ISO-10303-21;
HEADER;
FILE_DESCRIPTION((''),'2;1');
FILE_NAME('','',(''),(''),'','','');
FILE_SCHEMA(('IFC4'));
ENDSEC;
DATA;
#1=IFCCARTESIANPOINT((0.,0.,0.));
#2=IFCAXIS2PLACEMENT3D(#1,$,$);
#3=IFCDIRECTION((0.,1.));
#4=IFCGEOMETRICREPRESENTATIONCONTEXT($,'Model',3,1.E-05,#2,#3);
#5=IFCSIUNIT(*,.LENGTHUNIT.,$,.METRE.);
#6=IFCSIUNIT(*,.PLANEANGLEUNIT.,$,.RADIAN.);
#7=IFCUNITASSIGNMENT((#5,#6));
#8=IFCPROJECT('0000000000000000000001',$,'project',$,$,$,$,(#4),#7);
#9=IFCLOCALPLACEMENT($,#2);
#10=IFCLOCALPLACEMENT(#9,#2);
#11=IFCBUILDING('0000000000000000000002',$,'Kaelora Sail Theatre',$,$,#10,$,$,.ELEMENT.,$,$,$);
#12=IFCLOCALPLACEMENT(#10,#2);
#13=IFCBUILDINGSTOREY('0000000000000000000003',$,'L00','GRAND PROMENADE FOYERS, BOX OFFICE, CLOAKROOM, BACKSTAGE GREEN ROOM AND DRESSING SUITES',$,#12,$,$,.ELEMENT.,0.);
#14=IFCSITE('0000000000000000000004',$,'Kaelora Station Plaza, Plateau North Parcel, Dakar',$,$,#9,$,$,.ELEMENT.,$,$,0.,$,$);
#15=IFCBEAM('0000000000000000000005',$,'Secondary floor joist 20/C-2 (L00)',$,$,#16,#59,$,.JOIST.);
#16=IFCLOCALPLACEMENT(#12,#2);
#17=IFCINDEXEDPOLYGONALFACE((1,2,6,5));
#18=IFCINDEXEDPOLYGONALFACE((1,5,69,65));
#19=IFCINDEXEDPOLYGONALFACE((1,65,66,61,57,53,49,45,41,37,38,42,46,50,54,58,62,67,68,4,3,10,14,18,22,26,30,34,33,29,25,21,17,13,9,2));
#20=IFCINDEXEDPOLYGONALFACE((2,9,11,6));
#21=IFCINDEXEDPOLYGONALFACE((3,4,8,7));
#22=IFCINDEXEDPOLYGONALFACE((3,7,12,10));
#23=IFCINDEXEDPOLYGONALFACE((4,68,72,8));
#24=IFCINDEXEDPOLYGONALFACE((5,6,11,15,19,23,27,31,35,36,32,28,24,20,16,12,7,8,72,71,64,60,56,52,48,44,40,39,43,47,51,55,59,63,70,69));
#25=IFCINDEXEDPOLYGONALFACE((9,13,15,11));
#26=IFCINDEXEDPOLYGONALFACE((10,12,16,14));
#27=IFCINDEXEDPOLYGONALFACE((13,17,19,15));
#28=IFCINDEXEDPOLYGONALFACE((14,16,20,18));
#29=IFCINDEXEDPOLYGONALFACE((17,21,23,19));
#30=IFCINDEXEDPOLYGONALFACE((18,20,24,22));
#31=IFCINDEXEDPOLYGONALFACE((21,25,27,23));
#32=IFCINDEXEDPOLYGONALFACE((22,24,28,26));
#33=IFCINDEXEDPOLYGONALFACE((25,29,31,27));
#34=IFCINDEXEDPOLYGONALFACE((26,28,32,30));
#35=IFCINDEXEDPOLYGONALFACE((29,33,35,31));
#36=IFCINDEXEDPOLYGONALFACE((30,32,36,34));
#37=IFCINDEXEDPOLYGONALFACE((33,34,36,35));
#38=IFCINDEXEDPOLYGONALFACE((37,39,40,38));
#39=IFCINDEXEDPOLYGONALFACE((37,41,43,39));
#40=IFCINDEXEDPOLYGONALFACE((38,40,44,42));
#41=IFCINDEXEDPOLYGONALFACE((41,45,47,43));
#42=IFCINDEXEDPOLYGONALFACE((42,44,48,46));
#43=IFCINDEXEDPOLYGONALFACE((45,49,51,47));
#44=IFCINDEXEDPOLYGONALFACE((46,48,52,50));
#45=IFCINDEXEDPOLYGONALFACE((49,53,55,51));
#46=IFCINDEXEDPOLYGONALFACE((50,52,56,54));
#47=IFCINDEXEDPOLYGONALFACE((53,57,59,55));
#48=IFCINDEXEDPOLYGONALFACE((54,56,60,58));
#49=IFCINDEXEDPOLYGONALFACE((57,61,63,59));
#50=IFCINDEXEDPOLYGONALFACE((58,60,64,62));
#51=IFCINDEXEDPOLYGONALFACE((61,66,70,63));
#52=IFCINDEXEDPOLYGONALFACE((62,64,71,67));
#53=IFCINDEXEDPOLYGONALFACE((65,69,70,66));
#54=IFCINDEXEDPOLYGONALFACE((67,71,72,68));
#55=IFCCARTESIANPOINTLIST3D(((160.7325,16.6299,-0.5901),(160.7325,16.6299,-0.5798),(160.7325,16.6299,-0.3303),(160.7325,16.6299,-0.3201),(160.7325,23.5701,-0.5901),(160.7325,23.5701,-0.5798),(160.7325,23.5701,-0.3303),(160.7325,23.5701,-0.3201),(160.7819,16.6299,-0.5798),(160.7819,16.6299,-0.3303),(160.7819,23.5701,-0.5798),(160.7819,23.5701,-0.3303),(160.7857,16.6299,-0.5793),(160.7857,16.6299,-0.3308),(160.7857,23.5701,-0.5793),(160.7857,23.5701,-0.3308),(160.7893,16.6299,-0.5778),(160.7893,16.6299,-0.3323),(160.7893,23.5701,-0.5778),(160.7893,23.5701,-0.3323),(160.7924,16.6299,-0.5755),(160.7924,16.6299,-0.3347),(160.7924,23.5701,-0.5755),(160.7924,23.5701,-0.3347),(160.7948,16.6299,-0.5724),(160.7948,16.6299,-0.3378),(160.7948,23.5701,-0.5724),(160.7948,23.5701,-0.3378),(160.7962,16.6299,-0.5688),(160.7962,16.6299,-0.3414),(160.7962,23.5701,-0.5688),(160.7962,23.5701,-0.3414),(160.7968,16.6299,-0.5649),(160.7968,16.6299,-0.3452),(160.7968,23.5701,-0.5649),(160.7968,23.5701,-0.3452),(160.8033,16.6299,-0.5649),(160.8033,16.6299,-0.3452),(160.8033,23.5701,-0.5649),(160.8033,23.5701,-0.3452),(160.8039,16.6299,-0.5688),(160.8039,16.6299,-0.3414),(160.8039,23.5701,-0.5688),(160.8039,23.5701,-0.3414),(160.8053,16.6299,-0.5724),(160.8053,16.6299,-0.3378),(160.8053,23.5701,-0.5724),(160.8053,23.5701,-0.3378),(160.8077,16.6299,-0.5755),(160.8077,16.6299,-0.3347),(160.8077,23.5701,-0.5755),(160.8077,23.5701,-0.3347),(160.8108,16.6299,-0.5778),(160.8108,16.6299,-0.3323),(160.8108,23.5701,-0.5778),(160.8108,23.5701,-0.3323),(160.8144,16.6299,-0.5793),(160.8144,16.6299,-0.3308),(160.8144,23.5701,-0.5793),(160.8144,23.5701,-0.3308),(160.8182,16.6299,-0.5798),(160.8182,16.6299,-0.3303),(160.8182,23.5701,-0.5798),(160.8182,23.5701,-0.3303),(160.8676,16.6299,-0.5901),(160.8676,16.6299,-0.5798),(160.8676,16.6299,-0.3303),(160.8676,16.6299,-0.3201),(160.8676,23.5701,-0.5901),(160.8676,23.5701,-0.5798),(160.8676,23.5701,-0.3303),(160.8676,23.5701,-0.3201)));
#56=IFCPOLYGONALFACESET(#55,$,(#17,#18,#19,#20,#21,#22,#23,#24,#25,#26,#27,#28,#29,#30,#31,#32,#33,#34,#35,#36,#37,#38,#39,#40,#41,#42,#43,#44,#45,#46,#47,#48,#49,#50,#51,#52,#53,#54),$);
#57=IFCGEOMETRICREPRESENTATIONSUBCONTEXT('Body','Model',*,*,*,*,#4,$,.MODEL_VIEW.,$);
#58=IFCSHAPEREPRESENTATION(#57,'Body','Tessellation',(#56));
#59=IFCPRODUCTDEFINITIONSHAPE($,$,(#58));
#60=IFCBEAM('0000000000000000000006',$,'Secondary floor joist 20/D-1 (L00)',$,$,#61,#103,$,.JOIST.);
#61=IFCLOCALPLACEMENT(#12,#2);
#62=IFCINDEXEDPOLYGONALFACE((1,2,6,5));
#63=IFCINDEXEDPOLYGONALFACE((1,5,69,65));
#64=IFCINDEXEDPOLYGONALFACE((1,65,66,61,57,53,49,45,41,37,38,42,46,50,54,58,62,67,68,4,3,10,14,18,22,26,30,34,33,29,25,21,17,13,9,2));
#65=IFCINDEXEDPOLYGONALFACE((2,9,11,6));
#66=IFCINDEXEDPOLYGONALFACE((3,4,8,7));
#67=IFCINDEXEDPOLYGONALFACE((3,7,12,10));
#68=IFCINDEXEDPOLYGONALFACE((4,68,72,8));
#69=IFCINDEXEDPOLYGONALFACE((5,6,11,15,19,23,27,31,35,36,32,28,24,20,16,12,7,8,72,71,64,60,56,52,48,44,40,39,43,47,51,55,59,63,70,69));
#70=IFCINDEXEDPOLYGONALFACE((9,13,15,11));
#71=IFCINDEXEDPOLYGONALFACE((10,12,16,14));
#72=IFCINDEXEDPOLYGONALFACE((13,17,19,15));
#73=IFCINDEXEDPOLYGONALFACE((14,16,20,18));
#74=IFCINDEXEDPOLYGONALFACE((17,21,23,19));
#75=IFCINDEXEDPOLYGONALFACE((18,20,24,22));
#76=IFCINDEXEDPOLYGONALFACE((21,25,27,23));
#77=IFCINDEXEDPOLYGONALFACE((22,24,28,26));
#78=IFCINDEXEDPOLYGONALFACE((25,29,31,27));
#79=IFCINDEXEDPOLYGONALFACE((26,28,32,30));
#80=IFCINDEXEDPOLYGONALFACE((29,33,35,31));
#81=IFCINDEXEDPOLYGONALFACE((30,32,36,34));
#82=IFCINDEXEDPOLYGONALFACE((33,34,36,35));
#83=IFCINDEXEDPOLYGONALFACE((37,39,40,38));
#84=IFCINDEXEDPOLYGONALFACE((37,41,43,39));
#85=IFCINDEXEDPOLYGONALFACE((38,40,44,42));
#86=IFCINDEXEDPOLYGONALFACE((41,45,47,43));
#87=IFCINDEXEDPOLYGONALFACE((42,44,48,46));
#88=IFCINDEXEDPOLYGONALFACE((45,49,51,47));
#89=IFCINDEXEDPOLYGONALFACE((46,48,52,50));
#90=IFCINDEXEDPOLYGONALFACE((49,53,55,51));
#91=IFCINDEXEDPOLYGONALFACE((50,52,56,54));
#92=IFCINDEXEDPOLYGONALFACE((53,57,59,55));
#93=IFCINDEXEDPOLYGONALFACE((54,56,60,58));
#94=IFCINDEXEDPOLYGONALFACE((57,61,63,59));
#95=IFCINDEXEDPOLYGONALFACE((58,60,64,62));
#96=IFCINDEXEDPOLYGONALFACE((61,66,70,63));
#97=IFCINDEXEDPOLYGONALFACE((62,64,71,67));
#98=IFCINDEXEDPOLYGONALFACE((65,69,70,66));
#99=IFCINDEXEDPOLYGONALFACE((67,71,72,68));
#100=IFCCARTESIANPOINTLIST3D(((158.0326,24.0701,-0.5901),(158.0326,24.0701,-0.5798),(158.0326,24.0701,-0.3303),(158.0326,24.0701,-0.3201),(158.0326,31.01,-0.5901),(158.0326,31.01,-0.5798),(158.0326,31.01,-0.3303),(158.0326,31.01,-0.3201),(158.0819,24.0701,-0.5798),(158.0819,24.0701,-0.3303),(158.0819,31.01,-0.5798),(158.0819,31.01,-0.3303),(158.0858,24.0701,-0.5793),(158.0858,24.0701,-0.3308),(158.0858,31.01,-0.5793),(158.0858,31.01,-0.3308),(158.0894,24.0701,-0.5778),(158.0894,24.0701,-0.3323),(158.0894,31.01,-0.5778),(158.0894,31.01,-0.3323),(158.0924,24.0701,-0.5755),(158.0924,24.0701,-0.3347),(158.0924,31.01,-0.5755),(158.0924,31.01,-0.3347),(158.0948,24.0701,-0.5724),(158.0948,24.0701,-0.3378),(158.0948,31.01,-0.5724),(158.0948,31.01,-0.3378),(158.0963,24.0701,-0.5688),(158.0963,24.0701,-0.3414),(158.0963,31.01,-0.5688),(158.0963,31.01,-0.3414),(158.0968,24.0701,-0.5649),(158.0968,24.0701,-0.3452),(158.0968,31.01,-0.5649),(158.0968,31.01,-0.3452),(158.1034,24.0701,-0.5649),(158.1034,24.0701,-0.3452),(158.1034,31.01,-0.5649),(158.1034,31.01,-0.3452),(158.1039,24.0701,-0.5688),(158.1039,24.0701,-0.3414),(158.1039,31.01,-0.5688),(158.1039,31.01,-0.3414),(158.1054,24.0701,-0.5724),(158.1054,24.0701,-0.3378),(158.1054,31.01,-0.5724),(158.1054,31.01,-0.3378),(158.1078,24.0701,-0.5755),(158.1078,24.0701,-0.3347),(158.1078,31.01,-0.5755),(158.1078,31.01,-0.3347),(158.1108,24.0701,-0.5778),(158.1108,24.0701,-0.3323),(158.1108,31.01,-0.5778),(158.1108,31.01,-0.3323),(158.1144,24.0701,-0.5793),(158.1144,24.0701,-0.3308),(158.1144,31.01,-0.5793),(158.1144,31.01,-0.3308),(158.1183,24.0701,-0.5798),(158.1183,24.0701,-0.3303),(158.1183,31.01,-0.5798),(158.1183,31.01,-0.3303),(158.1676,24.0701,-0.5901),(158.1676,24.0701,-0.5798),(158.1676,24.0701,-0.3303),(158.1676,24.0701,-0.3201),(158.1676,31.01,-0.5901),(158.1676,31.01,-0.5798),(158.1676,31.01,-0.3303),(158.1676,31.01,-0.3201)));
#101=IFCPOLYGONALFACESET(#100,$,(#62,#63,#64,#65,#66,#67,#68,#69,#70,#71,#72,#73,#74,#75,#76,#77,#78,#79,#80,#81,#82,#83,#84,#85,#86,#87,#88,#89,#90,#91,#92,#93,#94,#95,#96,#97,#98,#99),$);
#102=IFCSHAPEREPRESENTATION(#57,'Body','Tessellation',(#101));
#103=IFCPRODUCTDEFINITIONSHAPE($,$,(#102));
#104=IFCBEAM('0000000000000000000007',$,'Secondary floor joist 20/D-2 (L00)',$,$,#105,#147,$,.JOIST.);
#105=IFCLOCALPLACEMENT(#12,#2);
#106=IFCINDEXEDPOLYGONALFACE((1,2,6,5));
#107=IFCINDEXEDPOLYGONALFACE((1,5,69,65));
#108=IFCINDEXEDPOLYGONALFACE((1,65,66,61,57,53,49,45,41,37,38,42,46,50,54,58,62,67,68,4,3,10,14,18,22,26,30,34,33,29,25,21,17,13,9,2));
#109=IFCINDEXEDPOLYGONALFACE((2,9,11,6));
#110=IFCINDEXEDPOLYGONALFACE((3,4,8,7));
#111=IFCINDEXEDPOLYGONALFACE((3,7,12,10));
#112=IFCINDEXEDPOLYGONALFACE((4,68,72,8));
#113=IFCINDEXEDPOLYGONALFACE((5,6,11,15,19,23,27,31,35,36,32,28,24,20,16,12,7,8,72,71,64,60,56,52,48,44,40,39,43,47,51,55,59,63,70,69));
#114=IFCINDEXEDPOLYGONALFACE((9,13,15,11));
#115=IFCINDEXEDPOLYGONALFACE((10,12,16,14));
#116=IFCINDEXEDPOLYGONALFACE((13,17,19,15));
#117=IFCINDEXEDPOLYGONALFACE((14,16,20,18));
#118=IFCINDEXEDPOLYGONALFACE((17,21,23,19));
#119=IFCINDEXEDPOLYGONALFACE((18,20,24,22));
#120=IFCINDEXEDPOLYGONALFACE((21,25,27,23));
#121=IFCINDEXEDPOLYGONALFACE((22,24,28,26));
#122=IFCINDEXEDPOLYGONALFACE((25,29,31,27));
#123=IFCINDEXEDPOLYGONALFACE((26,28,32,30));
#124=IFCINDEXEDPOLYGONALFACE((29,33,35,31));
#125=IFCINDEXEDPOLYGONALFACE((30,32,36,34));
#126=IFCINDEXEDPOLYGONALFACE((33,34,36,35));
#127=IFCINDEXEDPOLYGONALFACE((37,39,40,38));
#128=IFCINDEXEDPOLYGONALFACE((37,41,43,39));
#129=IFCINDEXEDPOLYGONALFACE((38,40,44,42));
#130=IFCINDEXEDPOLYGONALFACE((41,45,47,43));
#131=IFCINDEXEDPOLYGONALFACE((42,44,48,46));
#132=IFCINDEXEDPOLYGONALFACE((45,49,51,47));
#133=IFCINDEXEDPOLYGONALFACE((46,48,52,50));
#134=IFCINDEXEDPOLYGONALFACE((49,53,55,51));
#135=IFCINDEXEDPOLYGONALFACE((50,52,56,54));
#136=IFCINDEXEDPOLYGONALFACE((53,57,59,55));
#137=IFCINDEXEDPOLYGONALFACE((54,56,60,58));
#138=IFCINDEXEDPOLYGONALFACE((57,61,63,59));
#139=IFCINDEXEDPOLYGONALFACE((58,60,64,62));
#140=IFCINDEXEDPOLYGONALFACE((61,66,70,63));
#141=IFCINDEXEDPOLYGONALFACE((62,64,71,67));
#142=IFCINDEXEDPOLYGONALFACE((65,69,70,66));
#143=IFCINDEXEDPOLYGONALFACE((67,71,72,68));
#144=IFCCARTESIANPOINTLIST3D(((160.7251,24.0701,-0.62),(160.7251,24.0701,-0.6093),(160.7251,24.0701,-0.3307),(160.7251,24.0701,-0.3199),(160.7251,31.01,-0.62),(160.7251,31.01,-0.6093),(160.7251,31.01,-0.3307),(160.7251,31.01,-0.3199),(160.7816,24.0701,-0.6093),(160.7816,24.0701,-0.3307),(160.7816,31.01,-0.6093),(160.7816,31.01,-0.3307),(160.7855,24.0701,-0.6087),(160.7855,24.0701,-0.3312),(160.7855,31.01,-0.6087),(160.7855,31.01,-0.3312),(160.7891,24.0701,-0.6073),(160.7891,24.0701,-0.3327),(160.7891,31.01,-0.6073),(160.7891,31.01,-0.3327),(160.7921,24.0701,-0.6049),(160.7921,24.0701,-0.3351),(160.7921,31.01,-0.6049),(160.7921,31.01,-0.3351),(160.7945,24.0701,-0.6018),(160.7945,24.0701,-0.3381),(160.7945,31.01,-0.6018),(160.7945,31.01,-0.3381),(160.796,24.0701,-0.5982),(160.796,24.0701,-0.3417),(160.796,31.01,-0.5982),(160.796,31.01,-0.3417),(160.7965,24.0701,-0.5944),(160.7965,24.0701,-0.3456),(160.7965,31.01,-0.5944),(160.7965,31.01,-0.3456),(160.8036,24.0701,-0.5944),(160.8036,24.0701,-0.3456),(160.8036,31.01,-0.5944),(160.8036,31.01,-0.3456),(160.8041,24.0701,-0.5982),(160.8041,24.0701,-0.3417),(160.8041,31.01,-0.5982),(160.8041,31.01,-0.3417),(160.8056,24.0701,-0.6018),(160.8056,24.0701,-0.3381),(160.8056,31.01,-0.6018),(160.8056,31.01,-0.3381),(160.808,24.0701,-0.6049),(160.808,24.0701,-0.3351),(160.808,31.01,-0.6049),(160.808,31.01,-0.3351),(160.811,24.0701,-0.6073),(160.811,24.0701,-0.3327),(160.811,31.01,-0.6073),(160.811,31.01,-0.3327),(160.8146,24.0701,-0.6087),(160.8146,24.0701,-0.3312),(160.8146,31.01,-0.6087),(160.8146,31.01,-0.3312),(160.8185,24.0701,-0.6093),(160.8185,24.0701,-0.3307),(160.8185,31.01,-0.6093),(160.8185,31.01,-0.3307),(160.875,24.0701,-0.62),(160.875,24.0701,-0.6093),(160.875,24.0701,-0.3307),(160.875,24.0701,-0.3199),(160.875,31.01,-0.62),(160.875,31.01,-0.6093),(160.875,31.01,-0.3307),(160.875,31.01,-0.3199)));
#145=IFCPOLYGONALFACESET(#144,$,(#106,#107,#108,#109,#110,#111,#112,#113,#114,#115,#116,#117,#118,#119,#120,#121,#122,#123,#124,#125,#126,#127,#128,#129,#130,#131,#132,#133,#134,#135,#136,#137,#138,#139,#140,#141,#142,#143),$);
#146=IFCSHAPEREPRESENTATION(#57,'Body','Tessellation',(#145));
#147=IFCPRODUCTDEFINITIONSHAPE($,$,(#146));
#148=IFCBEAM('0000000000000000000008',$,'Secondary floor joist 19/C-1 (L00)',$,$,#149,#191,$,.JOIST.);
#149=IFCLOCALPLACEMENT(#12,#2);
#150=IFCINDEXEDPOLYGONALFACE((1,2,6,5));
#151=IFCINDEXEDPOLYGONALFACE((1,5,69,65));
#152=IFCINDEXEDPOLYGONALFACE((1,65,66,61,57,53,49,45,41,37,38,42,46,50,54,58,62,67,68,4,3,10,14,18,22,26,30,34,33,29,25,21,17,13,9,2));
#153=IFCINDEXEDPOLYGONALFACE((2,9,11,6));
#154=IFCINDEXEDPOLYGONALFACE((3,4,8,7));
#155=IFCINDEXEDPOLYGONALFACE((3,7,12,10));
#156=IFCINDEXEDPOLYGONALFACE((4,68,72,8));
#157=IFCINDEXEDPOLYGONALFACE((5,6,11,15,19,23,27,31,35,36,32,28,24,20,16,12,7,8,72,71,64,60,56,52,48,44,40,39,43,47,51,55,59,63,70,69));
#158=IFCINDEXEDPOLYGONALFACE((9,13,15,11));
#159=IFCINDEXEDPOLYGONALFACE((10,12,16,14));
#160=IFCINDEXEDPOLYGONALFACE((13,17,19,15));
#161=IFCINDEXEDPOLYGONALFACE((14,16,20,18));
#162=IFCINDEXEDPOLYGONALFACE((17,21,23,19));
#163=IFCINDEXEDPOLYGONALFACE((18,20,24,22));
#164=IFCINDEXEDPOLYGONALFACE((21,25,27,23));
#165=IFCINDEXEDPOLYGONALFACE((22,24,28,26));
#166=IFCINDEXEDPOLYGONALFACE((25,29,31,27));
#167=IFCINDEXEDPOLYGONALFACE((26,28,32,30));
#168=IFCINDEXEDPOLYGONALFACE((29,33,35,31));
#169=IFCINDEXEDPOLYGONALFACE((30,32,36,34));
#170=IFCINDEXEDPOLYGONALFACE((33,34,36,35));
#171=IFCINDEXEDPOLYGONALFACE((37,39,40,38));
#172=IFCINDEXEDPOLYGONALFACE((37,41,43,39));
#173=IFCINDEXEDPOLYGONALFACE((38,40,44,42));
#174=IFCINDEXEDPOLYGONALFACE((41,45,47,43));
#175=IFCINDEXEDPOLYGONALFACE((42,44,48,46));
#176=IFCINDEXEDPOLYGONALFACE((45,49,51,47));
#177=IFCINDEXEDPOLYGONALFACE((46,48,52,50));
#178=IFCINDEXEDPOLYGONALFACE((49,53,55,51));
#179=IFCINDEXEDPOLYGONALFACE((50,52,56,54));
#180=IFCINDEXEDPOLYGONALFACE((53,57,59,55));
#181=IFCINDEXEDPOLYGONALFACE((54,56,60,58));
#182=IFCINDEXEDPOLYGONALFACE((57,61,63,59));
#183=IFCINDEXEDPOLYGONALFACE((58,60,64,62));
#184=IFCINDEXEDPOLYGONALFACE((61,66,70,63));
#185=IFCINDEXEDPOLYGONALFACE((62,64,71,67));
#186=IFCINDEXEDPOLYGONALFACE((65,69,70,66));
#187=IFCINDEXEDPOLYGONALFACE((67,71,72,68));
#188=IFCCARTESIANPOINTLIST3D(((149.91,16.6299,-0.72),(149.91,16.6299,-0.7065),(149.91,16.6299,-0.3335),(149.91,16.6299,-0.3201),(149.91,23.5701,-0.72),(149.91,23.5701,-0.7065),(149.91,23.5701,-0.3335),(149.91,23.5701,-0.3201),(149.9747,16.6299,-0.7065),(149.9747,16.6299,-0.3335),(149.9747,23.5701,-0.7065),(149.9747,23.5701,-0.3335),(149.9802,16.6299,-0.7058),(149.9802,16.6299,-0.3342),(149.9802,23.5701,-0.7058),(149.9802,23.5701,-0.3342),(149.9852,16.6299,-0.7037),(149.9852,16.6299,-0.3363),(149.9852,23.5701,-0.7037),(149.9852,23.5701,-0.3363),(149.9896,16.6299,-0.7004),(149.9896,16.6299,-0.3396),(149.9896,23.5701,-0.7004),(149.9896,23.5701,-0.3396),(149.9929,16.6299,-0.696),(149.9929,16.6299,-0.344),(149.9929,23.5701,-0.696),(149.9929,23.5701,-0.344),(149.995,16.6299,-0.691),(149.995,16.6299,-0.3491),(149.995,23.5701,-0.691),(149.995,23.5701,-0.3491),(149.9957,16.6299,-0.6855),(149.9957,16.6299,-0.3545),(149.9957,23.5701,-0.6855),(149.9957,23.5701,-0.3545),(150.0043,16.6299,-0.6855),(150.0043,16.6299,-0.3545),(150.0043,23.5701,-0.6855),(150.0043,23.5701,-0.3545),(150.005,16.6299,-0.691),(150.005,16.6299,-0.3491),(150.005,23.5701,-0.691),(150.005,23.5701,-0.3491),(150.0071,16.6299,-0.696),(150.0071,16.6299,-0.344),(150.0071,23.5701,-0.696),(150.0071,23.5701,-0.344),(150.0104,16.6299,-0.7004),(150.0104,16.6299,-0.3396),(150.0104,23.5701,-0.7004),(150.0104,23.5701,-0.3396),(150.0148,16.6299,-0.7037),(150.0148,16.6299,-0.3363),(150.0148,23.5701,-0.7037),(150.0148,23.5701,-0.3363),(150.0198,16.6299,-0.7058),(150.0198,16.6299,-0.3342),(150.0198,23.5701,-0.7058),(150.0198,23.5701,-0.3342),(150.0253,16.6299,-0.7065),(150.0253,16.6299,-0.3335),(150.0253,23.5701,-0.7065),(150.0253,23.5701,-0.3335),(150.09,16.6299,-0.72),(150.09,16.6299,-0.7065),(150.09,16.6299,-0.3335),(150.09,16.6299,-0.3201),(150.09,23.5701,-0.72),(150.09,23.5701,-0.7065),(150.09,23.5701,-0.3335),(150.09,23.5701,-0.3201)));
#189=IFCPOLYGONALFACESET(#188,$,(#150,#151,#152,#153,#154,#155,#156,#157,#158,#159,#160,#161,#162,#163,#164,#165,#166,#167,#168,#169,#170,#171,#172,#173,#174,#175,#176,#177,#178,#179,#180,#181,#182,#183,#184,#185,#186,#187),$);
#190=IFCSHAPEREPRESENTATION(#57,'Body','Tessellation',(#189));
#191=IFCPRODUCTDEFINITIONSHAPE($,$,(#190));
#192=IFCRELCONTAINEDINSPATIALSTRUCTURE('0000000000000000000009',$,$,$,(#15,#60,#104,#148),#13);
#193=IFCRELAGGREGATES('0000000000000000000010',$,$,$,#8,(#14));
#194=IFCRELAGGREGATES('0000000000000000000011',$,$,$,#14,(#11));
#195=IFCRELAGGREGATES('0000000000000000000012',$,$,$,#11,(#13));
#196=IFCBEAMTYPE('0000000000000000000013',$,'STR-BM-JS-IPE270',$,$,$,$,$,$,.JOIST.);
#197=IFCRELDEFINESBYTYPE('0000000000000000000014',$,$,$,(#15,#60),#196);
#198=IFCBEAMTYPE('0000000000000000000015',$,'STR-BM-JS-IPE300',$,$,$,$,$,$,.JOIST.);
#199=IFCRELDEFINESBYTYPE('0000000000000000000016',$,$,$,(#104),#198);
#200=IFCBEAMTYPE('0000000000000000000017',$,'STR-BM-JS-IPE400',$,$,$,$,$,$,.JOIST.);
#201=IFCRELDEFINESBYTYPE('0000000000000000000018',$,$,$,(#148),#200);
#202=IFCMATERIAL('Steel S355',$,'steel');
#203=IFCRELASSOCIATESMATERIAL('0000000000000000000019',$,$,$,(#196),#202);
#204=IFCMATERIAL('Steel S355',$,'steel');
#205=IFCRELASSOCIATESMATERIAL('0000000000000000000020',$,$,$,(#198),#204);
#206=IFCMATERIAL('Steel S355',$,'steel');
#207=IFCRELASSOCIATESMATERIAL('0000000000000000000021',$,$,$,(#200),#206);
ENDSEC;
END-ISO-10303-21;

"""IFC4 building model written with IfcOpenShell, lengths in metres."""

from ifc_helpers import new_model, si_unit, direction, frame, origin, origin_2d, place, context, subcontext, project, spatial, i_section, extrude, material, material_profile, profile_set, type_object, element, save


model = new_model("IFC4")

# Units and contexts
model_context = context("Model", 3, precision=1e-05, world=origin(), true_north=direction((0.0, 1.0)))
body_context = subcontext(model_context, "Body", "Model", "MODEL_VIEW")
ifc_project = project(units=[si_unit("LENGTHUNIT", "METRE"), si_unit("PLANEANGLEUNIT", "RADIAN")], contexts=[model_context])

# Site, building, storey
site_placement = place(None, origin())
site = spatial("IfcSite", under=ifc_project, at=site_placement, Name="Kaelora Station Plaza, Plateau North Parcel, Dakar", CompositionType="ELEMENT", RefElevation=0.0)
building_placement = place(site_placement, origin())
building = spatial("IfcBuilding", under=site, at=building_placement, Name="Kaelora Sail Theatre", CompositionType="ELEMENT")
storey_placement = place(building_placement, origin())
storey = spatial("IfcBuildingStorey", under=building, at=storey_placement, Name="L00", Description="GRAND PROMENADE FOYERS, BOX OFFICE, CLOAKROOM, BACKSTAGE GREEN ROOM AND DRESSING SUITES", CompositionType="ELEMENT", Elevation=0.0)

# Beams
ifc_material_1 = material(Name="Steel S355", Category="steel")
ifc_material_profile_1 = material_profile(ifc_material_1, i_section(OverallWidth=0.135, OverallDepth=0.27, WebThickness=0.0066, FlangeThickness=0.0103, FilletRadius=0.0149, at=origin_2d()), Name="IPE 270")
ifc_profile_set_1 = profile_set([ifc_material_profile_1], Name="Steel S355")
beam_type_1 = type_object("IfcBeamType", Name="STR-BM-JS-IPE270", PredefinedType="JOIST", material=ifc_profile_set_1)
beam_1_placement = place(storey_placement, frame((160.8, 16.6299, -0.4551), z_axis=(0.0, 1.0, 0.0), x_axis=(-1.0, 0.0, 0.0)))
element("IfcBeam", 1, at=beam_1_placement, inside=storey, type_object=beam_type_1, Name="Secondary floor joist 20/C-2 (L00)", PredefinedType="JOIST", context=body_context, shape_type="SweptSolid", body=[
    extrude(i_section(OverallWidth=0.135, OverallDepth=0.27, WebThickness=0.0066, FlangeThickness=0.0103, FilletRadius=0.0149, at=origin_2d()), origin(), (0.0, 0.0, 1.0), 6.9402),
])
beam_2_placement = place(storey_placement, frame((158.1001, 24.0701, -0.4551), z_axis=(0.0, 1.0, 0.0), x_axis=(-1.0, 0.0, 0.0)))
element("IfcBeam", 2, at=beam_2_placement, inside=storey, type_object=beam_type_1, Name="Secondary floor joist 20/D-1 (L00)", PredefinedType="JOIST", context=body_context, shape_type="SweptSolid", body=[
    extrude(i_section(OverallWidth=0.135, OverallDepth=0.27, WebThickness=0.0066, FlangeThickness=0.0103, FilletRadius=0.0149, at=origin_2d()), origin(), (0.0, 0.0, 1.0), 6.9399),
])
ifc_material_2 = material(Name="Steel S355", Category="steel")
ifc_material_profile_2 = material_profile(ifc_material_2, i_section(OverallWidth=0.1499, OverallDepth=0.3, WebThickness=0.0071, FlangeThickness=0.0107, FilletRadius=0.0149, at=origin_2d()), Name="IPE 300")
ifc_profile_set_2 = profile_set([ifc_material_profile_2], Name="Steel S355")
beam_type_2 = type_object("IfcBeamType", Name="STR-BM-JS-IPE300", PredefinedType="JOIST", material=ifc_profile_set_2)
beam_3_placement = place(storey_placement, frame((160.8, 24.0701, -0.47), z_axis=(0.0, 1.0, 0.0), x_axis=(-1.0, 0.0, 0.0)))
element("IfcBeam", 3, at=beam_3_placement, inside=storey, type_object=beam_type_2, Name="Secondary floor joist 20/D-2 (L00)", PredefinedType="JOIST", context=body_context, shape_type="SweptSolid", body=[
    extrude(i_section(OverallWidth=0.1499, OverallDepth=0.3, WebThickness=0.0071, FlangeThickness=0.0107, FilletRadius=0.0149, at=origin_2d()), origin(), (0.0, 0.0, 1.0), 6.9399),
])
ifc_material_3 = material(Name="Steel S355", Category="steel")
ifc_material_profile_3 = material_profile(ifc_material_3, i_section(OverallWidth=0.1799, OverallDepth=0.3999, WebThickness=0.0085, FlangeThickness=0.0134, FilletRadius=0.021, at=origin_2d()), Name="IPE 400")
ifc_profile_set_3 = profile_set([ifc_material_profile_3], Name="Steel S355")
beam_type_3 = type_object("IfcBeamType", Name="STR-BM-JS-IPE400", PredefinedType="JOIST", material=ifc_profile_set_3)
beam_4_placement = place(storey_placement, frame((150.0, 16.6299, -0.52), z_axis=(0.0, 1.0, 0.0), x_axis=(-1.0, 0.0, 0.0)))
element("IfcBeam", 4, at=beam_4_placement, inside=storey, type_object=beam_type_3, Name="Secondary floor joist 19/C-1 (L00)", PredefinedType="JOIST", context=body_context, shape_type="SweptSolid", body=[
    extrude(i_section(OverallWidth=0.1799, OverallDepth=0.3999, WebThickness=0.0085, FlangeThickness=0.0134, FilletRadius=0.021, at=origin_2d()), origin(), (0.0, 0.0, 1.0), 6.9402),
])

save(model, "model.ifc")
